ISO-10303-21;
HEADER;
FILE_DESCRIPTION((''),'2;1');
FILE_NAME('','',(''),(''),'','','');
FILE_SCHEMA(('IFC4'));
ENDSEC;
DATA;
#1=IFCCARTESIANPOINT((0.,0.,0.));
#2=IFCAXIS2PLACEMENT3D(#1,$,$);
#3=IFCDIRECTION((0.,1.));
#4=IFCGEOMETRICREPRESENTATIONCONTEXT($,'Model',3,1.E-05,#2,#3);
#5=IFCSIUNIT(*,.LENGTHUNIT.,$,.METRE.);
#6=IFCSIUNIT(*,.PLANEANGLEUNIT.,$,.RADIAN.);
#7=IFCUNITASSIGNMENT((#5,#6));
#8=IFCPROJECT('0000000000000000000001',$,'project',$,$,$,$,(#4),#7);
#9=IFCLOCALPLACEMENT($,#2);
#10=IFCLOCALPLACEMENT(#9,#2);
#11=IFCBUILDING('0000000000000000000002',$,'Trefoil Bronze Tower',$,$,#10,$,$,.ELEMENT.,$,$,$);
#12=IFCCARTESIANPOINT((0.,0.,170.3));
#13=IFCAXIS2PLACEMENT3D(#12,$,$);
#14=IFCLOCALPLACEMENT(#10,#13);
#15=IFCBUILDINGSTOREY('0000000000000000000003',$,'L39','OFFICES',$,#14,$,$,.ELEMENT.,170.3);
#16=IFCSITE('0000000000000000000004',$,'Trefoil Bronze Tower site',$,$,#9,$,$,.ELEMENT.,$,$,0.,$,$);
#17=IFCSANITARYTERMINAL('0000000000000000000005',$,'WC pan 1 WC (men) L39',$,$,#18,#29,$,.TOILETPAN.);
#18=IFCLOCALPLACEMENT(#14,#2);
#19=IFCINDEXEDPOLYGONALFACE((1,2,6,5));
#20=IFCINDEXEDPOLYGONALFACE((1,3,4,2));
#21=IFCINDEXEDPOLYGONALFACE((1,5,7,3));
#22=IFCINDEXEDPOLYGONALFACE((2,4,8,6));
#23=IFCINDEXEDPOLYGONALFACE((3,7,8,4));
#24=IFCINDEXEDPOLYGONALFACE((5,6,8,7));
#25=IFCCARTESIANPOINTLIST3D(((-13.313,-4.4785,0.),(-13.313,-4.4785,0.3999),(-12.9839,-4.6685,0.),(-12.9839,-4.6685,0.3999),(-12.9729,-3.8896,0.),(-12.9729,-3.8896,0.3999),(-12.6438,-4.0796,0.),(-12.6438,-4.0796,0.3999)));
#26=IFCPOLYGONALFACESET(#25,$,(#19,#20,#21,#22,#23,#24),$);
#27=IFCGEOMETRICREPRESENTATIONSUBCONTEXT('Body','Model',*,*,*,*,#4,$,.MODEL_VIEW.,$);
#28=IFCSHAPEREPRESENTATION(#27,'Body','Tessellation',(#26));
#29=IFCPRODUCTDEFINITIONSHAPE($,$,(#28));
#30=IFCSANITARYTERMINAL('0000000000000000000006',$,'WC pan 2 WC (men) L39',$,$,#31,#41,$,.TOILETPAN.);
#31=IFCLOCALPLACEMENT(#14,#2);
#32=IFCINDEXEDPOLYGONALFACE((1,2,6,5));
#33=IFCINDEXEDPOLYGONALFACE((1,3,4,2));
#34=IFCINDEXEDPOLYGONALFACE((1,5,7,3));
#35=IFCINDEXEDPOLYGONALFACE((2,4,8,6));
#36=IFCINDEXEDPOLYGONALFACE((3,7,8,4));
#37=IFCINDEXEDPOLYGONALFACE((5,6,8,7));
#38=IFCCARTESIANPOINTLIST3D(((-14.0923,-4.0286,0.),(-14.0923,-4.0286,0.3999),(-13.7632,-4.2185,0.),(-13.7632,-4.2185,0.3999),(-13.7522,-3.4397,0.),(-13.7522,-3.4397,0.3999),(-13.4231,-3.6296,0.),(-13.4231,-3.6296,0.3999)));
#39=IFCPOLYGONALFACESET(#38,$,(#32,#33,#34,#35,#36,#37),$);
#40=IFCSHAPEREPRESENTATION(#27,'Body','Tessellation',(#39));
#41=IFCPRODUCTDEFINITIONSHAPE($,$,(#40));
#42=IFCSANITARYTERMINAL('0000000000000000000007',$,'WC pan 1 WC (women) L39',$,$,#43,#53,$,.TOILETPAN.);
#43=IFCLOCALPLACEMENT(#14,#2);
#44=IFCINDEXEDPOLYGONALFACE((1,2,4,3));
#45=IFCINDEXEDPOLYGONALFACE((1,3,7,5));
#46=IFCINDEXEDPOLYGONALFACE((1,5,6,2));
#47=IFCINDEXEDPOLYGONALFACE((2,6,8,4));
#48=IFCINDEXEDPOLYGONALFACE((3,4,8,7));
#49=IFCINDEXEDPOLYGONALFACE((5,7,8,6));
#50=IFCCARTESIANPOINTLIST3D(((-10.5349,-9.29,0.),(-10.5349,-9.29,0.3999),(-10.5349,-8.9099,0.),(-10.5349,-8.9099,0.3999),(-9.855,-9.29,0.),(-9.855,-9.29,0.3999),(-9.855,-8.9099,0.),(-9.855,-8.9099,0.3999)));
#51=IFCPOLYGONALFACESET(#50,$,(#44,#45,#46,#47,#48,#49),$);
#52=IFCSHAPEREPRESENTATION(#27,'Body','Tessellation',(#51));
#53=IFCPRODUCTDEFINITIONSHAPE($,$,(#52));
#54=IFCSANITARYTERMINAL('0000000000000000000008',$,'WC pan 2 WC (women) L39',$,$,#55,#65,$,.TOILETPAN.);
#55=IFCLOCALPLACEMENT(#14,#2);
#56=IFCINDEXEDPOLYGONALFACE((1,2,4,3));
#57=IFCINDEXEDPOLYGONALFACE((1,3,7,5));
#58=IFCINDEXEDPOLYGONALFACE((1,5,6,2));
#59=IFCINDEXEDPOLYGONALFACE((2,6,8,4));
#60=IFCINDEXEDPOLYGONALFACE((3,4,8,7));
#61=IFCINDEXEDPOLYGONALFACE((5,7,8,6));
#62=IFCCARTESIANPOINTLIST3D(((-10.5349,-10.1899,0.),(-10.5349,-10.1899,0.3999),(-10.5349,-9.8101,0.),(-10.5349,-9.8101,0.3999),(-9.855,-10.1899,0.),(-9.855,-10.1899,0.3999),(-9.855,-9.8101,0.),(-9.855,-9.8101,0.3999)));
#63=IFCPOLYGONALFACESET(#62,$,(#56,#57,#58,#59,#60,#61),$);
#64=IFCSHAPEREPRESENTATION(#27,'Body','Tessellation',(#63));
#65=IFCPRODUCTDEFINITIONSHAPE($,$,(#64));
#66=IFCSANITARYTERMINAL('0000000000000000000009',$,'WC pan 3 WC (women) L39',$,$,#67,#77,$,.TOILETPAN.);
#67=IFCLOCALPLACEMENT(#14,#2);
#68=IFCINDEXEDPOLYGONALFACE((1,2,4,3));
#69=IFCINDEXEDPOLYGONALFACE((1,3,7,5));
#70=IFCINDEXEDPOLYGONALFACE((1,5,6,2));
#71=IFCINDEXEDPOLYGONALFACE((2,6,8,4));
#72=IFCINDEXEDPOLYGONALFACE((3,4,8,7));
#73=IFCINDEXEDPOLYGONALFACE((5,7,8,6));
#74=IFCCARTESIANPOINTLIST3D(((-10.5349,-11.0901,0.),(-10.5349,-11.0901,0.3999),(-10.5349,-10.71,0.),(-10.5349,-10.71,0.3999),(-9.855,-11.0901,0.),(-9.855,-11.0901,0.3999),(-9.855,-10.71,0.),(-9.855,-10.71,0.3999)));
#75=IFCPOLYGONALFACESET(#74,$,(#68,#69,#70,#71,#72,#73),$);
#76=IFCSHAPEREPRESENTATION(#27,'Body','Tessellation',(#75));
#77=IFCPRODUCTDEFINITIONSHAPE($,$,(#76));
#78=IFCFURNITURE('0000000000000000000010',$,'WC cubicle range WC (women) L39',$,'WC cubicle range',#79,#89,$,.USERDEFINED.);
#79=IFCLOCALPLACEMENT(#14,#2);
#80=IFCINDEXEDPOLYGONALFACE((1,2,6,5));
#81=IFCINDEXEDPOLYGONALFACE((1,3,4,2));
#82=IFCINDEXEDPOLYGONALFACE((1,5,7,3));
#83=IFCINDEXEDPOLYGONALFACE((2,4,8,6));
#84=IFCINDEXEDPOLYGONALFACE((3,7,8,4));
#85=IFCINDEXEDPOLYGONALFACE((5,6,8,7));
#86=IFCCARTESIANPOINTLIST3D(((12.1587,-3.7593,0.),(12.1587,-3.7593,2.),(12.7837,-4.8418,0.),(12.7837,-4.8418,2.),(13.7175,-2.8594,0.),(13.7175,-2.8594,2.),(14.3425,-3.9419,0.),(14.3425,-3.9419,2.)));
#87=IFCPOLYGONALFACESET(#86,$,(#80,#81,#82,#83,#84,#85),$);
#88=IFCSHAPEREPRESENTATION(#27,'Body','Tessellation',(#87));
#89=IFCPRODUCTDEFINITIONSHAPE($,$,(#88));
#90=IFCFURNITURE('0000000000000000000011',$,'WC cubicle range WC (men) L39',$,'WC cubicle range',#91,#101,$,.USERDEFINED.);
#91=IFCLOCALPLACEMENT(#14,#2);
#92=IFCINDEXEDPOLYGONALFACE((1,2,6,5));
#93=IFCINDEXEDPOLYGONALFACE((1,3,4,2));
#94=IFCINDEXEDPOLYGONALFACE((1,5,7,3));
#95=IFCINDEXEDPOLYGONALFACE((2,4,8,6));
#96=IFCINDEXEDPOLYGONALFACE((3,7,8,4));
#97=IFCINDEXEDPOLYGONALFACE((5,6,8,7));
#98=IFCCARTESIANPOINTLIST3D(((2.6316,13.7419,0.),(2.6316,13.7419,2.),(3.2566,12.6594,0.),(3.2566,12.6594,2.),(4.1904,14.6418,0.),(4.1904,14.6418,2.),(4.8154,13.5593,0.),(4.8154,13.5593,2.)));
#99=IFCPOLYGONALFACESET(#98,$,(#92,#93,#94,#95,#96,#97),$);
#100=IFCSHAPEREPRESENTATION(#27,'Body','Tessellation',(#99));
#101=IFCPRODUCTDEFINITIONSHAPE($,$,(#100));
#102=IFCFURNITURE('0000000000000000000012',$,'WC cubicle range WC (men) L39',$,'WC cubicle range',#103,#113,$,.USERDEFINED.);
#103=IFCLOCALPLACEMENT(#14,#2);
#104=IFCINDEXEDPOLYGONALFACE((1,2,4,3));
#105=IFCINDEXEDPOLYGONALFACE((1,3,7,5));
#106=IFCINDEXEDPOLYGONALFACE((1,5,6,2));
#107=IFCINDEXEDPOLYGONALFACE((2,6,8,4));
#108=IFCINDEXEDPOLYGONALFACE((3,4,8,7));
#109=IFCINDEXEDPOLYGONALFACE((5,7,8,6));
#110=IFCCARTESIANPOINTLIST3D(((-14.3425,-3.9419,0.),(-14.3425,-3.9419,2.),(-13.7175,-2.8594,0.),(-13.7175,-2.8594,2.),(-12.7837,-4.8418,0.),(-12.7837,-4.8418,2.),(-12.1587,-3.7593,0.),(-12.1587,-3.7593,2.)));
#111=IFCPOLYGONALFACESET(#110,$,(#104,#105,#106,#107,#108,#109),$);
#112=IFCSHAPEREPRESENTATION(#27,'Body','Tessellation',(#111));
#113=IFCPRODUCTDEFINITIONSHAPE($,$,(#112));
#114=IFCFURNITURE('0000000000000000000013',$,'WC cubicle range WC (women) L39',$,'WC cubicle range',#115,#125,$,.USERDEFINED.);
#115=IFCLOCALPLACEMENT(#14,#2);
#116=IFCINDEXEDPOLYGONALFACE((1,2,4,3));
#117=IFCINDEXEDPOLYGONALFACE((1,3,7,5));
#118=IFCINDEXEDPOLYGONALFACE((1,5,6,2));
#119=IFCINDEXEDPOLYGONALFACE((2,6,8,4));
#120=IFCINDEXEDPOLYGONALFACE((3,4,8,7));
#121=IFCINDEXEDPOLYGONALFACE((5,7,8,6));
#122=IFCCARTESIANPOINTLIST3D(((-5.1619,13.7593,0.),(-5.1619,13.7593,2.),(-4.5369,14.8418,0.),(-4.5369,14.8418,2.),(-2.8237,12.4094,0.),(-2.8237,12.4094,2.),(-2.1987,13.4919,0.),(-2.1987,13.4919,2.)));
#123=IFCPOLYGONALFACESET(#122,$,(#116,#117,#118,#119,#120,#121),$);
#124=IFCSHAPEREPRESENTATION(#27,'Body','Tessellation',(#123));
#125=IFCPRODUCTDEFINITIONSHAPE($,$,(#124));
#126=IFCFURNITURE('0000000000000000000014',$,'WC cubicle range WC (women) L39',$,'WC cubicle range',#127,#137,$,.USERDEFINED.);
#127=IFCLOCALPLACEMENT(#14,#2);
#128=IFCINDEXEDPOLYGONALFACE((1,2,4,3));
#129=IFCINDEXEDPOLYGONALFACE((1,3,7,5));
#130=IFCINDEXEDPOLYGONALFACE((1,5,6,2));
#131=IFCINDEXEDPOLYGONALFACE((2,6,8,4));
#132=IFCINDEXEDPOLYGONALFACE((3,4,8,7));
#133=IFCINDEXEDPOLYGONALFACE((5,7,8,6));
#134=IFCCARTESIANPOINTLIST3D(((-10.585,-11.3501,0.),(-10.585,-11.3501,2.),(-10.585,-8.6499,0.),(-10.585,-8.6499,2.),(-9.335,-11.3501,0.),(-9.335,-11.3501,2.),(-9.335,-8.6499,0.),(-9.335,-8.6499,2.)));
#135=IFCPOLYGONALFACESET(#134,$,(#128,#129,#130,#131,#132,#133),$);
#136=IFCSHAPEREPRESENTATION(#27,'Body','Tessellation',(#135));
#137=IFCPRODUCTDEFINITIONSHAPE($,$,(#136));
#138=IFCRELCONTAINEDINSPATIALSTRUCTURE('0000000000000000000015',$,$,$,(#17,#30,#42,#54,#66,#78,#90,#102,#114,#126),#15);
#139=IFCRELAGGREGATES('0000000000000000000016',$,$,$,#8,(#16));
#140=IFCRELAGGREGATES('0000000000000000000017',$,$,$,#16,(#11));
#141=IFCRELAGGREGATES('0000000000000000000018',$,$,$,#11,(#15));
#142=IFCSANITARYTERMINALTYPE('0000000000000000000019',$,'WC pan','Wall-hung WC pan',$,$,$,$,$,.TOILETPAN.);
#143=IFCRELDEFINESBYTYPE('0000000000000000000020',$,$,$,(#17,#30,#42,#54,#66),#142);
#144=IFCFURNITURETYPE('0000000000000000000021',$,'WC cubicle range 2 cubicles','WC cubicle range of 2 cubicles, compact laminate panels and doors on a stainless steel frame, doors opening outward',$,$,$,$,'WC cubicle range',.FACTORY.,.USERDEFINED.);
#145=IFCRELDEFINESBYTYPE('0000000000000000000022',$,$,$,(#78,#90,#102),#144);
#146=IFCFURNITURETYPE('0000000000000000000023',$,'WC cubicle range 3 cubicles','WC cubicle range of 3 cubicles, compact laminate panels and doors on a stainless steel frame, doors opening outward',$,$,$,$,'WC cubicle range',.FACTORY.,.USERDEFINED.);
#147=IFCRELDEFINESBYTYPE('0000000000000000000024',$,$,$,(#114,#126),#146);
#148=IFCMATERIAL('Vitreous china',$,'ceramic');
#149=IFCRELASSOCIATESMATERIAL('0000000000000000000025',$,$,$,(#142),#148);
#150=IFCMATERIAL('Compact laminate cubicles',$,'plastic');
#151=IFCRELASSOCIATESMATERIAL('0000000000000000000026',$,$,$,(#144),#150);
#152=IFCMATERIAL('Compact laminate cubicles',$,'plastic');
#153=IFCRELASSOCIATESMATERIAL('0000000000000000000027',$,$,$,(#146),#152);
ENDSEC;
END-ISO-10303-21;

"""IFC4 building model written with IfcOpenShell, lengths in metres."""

from ifc_helpers import new_model, si_unit, direction, frame, origin, place, context, subcontext, project, spatial, polyline, outline, extrude, material, type_object, element, save


model = new_model("IFC4")

# Units and contexts
model_context = context("Model", 3, precision=1e-05, world=origin(), true_north=direction((0.0, 1.0)))
body_context = subcontext(model_context, "Body", "Model", "MODEL_VIEW")
ifc_project = project(units=[si_unit("LENGTHUNIT", "METRE"), si_unit("PLANEANGLEUNIT", "RADIAN")], contexts=[model_context])

# Site, building, storey
site_placement = place(None, origin())
site = spatial("IfcSite", under=ifc_project, at=site_placement, Name="Trefoil Bronze Tower site", CompositionType="ELEMENT", RefElevation=0.0)
building_placement = place(site_placement, origin())
building = spatial("IfcBuilding", under=site, at=building_placement, Name="Trefoil Bronze Tower", CompositionType="ELEMENT")
storey_placement = place(building_placement, frame((0.0, 0.0, 170.3)))
storey = spatial("IfcBuildingStorey", under=building, at=storey_placement, Name="L39", Description="OFFICES", CompositionType="ELEMENT", Elevation=170.3)

# Sanitary terminals
ifc_material_1 = material(Name="Vitreous china", Category="ceramic")
sanitary_terminal_type_1 = type_object("IfcSanitaryTerminalType", Name="WC pan", Description="Wall-hung WC pan", PredefinedType="TOILETPAN", material=ifc_material_1)
sanitary_terminal_1_placement = place(storey_placement, origin())
element("IfcSanitaryTerminal", 1, at=sanitary_terminal_1_placement, inside=storey, type_object=sanitary_terminal_type_1, Name="WC pan 1 WC (men) L39", PredefinedType="TOILETPAN", context=body_context, shape_type="SweptSolid", body=[
    extrude(outline(polyline([(-12.6438, -4.0796), (-12.9839, -4.6685), (-13.313, -4.4785), (-12.9729, -3.8896), (-12.6438, -4.0796)])), origin(), (0.0, 0.0, 1.0), 0.3999),
])
sanitary_terminal_2_placement = place(storey_placement, origin())
element("IfcSanitaryTerminal", 2, at=sanitary_terminal_2_placement, inside=storey, type_object=sanitary_terminal_type_1, Name="WC pan 2 WC (men) L39", PredefinedType="TOILETPAN", context=body_context, shape_type="SweptSolid", body=[
    extrude(outline(polyline([(-13.4231, -3.6296), (-13.7632, -4.2185), (-14.0923, -4.0286), (-13.7522, -3.4397), (-13.4231, -3.6296)])), origin(), (0.0, 0.0, 1.0), 0.3999),
])
sanitary_terminal_3_placement = place(storey_placement, origin())
element("IfcSanitaryTerminal", 3, at=sanitary_terminal_3_placement, inside=storey, type_object=sanitary_terminal_type_1, Name="WC pan 1 WC (women) L39", PredefinedType="TOILETPAN", context=body_context, shape_type="SweptSolid", body=[
    extrude(outline(polyline([(-9.855, -8.9099), (-10.5349, -8.9099), (-10.5349, -9.29), (-9.855, -9.29), (-9.855, -8.9099)])), origin(), (0.0, 0.0, 1.0), 0.3999),
])
sanitary_terminal_4_placement = place(storey_placement, origin())
element("IfcSanitaryTerminal", 4, at=sanitary_terminal_4_placement, inside=storey, type_object=sanitary_terminal_type_1, Name="WC pan 2 WC (women) L39", PredefinedType="TOILETPAN", context=body_context, shape_type="SweptSolid", body=[
    extrude(outline(polyline([(-9.855, -9.8101), (-10.5349, -9.8101), (-10.5349, -10.1899), (-9.855, -10.1899), (-9.855, -9.8101)])), origin(), (0.0, 0.0, 1.0), 0.3999),
])
sanitary_terminal_5_placement = place(storey_placement, origin())
element("IfcSanitaryTerminal", 5, at=sanitary_terminal_5_placement, inside=storey, type_object=sanitary_terminal_type_1, Name="WC pan 3 WC (women) L39", PredefinedType="TOILETPAN", context=body_context, shape_type="SweptSolid", body=[
    extrude(outline(polyline([(-9.855, -10.71), (-10.5349, -10.71), (-10.5349, -11.0901), (-9.855, -11.0901), (-9.855, -10.71)])), origin(), (0.0, 0.0, 1.0), 0.3999),
])

# Furniture
ifc_material_2 = material(Name="Compact laminate cubicles", Category="plastic")
furniture_type_1 = type_object("IfcFurnitureType", Name="WC cubicle range 2 cubicles", Description="WC cubicle range of 2 cubicles, compact laminate panels and doors on a stainless steel frame, doors opening outward", ElementType="WC cubicle range", AssemblyPlace="FACTORY", PredefinedType="USERDEFINED", material=ifc_material_2)
furniture_1_placement = place(storey_placement, origin())
element("IfcFurniture", 6, at=furniture_1_placement, inside=storey, type_object=furniture_type_1, Name="WC cubicle range WC (women) L39", ObjectType="WC cubicle range", PredefinedType="USERDEFINED", context=body_context, shape_type="SweptSolid", body=[
    extrude(outline(polyline([(12.1587, -3.7593), (12.7837, -4.8418), (14.3425, -3.9419), (13.7175, -2.8594), (12.1587, -3.7593)])), origin(), (0.0, 0.0, 1.0), 2.0),
])
furniture_2_placement = place(storey_placement, origin())
element("IfcFurniture", 7, at=furniture_2_placement, inside=storey, type_object=furniture_type_1, Name="WC cubicle range WC (men) L39", ObjectType="WC cubicle range", PredefinedType="USERDEFINED", context=body_context, shape_type="SweptSolid", body=[
    extrude(outline(polyline([(3.2566, 12.6594), (2.6316, 13.7419), (4.1904, 14.6418), (4.8154, 13.5593), (3.2566, 12.6594)])), origin(), (0.0, 0.0, 1.0), 2.0),
])
furniture_3_placement = place(storey_placement, origin())
element("IfcFurniture", 8, at=furniture_3_placement, inside=storey, type_object=furniture_type_1, Name="WC cubicle range WC (men) L39", ObjectType="WC cubicle range", PredefinedType="USERDEFINED", context=body_context, shape_type="SweptSolid", body=[
    extrude(outline(polyline([(-12.1587, -3.7593), (-12.7837, -4.8418), (-14.3425, -3.9419), (-13.7175, -2.8594), (-12.1587, -3.7593)])), origin(), (0.0, 0.0, 1.0), 2.0),
])
ifc_material_3 = material(Name="Compact laminate cubicles", Category="plastic")
furniture_type_2 = type_object("IfcFurnitureType", Name="WC cubicle range 3 cubicles", Description="WC cubicle range of 3 cubicles, compact laminate panels and doors on a stainless steel frame, doors opening outward", ElementType="WC cubicle range", AssemblyPlace="FACTORY", PredefinedType="USERDEFINED", material=ifc_material_3)
furniture_4_placement = place(storey_placement, origin())
element("IfcFurniture", 9, at=furniture_4_placement, inside=storey, type_object=furniture_type_2, Name="WC cubicle range WC (women) L39", ObjectType="WC cubicle range", PredefinedType="USERDEFINED", context=body_context, shape_type="SweptSolid", body=[
    extrude(outline(polyline([(-2.8237, 12.4094), (-2.1987, 13.4919), (-4.5369, 14.8418), (-5.1619, 13.7593), (-2.8237, 12.4094)])), origin(), (0.0, 0.0, 1.0), 2.0),
])
furniture_5_placement = place(storey_placement, origin())
element("IfcFurniture", 10, at=furniture_5_placement, inside=storey, type_object=furniture_type_2, Name="WC cubicle range WC (women) L39", ObjectType="WC cubicle range", PredefinedType="USERDEFINED", context=body_context, shape_type="SweptSolid", body=[
    extrude(outline(polyline([(-9.335, -8.6499), (-10.585, -8.6499), (-10.585, -11.3501), (-9.335, -11.3501), (-9.335, -8.6499)])), origin(), (0.0, 0.0, 1.0), 2.0),
])

save(model, "model.ifc")
